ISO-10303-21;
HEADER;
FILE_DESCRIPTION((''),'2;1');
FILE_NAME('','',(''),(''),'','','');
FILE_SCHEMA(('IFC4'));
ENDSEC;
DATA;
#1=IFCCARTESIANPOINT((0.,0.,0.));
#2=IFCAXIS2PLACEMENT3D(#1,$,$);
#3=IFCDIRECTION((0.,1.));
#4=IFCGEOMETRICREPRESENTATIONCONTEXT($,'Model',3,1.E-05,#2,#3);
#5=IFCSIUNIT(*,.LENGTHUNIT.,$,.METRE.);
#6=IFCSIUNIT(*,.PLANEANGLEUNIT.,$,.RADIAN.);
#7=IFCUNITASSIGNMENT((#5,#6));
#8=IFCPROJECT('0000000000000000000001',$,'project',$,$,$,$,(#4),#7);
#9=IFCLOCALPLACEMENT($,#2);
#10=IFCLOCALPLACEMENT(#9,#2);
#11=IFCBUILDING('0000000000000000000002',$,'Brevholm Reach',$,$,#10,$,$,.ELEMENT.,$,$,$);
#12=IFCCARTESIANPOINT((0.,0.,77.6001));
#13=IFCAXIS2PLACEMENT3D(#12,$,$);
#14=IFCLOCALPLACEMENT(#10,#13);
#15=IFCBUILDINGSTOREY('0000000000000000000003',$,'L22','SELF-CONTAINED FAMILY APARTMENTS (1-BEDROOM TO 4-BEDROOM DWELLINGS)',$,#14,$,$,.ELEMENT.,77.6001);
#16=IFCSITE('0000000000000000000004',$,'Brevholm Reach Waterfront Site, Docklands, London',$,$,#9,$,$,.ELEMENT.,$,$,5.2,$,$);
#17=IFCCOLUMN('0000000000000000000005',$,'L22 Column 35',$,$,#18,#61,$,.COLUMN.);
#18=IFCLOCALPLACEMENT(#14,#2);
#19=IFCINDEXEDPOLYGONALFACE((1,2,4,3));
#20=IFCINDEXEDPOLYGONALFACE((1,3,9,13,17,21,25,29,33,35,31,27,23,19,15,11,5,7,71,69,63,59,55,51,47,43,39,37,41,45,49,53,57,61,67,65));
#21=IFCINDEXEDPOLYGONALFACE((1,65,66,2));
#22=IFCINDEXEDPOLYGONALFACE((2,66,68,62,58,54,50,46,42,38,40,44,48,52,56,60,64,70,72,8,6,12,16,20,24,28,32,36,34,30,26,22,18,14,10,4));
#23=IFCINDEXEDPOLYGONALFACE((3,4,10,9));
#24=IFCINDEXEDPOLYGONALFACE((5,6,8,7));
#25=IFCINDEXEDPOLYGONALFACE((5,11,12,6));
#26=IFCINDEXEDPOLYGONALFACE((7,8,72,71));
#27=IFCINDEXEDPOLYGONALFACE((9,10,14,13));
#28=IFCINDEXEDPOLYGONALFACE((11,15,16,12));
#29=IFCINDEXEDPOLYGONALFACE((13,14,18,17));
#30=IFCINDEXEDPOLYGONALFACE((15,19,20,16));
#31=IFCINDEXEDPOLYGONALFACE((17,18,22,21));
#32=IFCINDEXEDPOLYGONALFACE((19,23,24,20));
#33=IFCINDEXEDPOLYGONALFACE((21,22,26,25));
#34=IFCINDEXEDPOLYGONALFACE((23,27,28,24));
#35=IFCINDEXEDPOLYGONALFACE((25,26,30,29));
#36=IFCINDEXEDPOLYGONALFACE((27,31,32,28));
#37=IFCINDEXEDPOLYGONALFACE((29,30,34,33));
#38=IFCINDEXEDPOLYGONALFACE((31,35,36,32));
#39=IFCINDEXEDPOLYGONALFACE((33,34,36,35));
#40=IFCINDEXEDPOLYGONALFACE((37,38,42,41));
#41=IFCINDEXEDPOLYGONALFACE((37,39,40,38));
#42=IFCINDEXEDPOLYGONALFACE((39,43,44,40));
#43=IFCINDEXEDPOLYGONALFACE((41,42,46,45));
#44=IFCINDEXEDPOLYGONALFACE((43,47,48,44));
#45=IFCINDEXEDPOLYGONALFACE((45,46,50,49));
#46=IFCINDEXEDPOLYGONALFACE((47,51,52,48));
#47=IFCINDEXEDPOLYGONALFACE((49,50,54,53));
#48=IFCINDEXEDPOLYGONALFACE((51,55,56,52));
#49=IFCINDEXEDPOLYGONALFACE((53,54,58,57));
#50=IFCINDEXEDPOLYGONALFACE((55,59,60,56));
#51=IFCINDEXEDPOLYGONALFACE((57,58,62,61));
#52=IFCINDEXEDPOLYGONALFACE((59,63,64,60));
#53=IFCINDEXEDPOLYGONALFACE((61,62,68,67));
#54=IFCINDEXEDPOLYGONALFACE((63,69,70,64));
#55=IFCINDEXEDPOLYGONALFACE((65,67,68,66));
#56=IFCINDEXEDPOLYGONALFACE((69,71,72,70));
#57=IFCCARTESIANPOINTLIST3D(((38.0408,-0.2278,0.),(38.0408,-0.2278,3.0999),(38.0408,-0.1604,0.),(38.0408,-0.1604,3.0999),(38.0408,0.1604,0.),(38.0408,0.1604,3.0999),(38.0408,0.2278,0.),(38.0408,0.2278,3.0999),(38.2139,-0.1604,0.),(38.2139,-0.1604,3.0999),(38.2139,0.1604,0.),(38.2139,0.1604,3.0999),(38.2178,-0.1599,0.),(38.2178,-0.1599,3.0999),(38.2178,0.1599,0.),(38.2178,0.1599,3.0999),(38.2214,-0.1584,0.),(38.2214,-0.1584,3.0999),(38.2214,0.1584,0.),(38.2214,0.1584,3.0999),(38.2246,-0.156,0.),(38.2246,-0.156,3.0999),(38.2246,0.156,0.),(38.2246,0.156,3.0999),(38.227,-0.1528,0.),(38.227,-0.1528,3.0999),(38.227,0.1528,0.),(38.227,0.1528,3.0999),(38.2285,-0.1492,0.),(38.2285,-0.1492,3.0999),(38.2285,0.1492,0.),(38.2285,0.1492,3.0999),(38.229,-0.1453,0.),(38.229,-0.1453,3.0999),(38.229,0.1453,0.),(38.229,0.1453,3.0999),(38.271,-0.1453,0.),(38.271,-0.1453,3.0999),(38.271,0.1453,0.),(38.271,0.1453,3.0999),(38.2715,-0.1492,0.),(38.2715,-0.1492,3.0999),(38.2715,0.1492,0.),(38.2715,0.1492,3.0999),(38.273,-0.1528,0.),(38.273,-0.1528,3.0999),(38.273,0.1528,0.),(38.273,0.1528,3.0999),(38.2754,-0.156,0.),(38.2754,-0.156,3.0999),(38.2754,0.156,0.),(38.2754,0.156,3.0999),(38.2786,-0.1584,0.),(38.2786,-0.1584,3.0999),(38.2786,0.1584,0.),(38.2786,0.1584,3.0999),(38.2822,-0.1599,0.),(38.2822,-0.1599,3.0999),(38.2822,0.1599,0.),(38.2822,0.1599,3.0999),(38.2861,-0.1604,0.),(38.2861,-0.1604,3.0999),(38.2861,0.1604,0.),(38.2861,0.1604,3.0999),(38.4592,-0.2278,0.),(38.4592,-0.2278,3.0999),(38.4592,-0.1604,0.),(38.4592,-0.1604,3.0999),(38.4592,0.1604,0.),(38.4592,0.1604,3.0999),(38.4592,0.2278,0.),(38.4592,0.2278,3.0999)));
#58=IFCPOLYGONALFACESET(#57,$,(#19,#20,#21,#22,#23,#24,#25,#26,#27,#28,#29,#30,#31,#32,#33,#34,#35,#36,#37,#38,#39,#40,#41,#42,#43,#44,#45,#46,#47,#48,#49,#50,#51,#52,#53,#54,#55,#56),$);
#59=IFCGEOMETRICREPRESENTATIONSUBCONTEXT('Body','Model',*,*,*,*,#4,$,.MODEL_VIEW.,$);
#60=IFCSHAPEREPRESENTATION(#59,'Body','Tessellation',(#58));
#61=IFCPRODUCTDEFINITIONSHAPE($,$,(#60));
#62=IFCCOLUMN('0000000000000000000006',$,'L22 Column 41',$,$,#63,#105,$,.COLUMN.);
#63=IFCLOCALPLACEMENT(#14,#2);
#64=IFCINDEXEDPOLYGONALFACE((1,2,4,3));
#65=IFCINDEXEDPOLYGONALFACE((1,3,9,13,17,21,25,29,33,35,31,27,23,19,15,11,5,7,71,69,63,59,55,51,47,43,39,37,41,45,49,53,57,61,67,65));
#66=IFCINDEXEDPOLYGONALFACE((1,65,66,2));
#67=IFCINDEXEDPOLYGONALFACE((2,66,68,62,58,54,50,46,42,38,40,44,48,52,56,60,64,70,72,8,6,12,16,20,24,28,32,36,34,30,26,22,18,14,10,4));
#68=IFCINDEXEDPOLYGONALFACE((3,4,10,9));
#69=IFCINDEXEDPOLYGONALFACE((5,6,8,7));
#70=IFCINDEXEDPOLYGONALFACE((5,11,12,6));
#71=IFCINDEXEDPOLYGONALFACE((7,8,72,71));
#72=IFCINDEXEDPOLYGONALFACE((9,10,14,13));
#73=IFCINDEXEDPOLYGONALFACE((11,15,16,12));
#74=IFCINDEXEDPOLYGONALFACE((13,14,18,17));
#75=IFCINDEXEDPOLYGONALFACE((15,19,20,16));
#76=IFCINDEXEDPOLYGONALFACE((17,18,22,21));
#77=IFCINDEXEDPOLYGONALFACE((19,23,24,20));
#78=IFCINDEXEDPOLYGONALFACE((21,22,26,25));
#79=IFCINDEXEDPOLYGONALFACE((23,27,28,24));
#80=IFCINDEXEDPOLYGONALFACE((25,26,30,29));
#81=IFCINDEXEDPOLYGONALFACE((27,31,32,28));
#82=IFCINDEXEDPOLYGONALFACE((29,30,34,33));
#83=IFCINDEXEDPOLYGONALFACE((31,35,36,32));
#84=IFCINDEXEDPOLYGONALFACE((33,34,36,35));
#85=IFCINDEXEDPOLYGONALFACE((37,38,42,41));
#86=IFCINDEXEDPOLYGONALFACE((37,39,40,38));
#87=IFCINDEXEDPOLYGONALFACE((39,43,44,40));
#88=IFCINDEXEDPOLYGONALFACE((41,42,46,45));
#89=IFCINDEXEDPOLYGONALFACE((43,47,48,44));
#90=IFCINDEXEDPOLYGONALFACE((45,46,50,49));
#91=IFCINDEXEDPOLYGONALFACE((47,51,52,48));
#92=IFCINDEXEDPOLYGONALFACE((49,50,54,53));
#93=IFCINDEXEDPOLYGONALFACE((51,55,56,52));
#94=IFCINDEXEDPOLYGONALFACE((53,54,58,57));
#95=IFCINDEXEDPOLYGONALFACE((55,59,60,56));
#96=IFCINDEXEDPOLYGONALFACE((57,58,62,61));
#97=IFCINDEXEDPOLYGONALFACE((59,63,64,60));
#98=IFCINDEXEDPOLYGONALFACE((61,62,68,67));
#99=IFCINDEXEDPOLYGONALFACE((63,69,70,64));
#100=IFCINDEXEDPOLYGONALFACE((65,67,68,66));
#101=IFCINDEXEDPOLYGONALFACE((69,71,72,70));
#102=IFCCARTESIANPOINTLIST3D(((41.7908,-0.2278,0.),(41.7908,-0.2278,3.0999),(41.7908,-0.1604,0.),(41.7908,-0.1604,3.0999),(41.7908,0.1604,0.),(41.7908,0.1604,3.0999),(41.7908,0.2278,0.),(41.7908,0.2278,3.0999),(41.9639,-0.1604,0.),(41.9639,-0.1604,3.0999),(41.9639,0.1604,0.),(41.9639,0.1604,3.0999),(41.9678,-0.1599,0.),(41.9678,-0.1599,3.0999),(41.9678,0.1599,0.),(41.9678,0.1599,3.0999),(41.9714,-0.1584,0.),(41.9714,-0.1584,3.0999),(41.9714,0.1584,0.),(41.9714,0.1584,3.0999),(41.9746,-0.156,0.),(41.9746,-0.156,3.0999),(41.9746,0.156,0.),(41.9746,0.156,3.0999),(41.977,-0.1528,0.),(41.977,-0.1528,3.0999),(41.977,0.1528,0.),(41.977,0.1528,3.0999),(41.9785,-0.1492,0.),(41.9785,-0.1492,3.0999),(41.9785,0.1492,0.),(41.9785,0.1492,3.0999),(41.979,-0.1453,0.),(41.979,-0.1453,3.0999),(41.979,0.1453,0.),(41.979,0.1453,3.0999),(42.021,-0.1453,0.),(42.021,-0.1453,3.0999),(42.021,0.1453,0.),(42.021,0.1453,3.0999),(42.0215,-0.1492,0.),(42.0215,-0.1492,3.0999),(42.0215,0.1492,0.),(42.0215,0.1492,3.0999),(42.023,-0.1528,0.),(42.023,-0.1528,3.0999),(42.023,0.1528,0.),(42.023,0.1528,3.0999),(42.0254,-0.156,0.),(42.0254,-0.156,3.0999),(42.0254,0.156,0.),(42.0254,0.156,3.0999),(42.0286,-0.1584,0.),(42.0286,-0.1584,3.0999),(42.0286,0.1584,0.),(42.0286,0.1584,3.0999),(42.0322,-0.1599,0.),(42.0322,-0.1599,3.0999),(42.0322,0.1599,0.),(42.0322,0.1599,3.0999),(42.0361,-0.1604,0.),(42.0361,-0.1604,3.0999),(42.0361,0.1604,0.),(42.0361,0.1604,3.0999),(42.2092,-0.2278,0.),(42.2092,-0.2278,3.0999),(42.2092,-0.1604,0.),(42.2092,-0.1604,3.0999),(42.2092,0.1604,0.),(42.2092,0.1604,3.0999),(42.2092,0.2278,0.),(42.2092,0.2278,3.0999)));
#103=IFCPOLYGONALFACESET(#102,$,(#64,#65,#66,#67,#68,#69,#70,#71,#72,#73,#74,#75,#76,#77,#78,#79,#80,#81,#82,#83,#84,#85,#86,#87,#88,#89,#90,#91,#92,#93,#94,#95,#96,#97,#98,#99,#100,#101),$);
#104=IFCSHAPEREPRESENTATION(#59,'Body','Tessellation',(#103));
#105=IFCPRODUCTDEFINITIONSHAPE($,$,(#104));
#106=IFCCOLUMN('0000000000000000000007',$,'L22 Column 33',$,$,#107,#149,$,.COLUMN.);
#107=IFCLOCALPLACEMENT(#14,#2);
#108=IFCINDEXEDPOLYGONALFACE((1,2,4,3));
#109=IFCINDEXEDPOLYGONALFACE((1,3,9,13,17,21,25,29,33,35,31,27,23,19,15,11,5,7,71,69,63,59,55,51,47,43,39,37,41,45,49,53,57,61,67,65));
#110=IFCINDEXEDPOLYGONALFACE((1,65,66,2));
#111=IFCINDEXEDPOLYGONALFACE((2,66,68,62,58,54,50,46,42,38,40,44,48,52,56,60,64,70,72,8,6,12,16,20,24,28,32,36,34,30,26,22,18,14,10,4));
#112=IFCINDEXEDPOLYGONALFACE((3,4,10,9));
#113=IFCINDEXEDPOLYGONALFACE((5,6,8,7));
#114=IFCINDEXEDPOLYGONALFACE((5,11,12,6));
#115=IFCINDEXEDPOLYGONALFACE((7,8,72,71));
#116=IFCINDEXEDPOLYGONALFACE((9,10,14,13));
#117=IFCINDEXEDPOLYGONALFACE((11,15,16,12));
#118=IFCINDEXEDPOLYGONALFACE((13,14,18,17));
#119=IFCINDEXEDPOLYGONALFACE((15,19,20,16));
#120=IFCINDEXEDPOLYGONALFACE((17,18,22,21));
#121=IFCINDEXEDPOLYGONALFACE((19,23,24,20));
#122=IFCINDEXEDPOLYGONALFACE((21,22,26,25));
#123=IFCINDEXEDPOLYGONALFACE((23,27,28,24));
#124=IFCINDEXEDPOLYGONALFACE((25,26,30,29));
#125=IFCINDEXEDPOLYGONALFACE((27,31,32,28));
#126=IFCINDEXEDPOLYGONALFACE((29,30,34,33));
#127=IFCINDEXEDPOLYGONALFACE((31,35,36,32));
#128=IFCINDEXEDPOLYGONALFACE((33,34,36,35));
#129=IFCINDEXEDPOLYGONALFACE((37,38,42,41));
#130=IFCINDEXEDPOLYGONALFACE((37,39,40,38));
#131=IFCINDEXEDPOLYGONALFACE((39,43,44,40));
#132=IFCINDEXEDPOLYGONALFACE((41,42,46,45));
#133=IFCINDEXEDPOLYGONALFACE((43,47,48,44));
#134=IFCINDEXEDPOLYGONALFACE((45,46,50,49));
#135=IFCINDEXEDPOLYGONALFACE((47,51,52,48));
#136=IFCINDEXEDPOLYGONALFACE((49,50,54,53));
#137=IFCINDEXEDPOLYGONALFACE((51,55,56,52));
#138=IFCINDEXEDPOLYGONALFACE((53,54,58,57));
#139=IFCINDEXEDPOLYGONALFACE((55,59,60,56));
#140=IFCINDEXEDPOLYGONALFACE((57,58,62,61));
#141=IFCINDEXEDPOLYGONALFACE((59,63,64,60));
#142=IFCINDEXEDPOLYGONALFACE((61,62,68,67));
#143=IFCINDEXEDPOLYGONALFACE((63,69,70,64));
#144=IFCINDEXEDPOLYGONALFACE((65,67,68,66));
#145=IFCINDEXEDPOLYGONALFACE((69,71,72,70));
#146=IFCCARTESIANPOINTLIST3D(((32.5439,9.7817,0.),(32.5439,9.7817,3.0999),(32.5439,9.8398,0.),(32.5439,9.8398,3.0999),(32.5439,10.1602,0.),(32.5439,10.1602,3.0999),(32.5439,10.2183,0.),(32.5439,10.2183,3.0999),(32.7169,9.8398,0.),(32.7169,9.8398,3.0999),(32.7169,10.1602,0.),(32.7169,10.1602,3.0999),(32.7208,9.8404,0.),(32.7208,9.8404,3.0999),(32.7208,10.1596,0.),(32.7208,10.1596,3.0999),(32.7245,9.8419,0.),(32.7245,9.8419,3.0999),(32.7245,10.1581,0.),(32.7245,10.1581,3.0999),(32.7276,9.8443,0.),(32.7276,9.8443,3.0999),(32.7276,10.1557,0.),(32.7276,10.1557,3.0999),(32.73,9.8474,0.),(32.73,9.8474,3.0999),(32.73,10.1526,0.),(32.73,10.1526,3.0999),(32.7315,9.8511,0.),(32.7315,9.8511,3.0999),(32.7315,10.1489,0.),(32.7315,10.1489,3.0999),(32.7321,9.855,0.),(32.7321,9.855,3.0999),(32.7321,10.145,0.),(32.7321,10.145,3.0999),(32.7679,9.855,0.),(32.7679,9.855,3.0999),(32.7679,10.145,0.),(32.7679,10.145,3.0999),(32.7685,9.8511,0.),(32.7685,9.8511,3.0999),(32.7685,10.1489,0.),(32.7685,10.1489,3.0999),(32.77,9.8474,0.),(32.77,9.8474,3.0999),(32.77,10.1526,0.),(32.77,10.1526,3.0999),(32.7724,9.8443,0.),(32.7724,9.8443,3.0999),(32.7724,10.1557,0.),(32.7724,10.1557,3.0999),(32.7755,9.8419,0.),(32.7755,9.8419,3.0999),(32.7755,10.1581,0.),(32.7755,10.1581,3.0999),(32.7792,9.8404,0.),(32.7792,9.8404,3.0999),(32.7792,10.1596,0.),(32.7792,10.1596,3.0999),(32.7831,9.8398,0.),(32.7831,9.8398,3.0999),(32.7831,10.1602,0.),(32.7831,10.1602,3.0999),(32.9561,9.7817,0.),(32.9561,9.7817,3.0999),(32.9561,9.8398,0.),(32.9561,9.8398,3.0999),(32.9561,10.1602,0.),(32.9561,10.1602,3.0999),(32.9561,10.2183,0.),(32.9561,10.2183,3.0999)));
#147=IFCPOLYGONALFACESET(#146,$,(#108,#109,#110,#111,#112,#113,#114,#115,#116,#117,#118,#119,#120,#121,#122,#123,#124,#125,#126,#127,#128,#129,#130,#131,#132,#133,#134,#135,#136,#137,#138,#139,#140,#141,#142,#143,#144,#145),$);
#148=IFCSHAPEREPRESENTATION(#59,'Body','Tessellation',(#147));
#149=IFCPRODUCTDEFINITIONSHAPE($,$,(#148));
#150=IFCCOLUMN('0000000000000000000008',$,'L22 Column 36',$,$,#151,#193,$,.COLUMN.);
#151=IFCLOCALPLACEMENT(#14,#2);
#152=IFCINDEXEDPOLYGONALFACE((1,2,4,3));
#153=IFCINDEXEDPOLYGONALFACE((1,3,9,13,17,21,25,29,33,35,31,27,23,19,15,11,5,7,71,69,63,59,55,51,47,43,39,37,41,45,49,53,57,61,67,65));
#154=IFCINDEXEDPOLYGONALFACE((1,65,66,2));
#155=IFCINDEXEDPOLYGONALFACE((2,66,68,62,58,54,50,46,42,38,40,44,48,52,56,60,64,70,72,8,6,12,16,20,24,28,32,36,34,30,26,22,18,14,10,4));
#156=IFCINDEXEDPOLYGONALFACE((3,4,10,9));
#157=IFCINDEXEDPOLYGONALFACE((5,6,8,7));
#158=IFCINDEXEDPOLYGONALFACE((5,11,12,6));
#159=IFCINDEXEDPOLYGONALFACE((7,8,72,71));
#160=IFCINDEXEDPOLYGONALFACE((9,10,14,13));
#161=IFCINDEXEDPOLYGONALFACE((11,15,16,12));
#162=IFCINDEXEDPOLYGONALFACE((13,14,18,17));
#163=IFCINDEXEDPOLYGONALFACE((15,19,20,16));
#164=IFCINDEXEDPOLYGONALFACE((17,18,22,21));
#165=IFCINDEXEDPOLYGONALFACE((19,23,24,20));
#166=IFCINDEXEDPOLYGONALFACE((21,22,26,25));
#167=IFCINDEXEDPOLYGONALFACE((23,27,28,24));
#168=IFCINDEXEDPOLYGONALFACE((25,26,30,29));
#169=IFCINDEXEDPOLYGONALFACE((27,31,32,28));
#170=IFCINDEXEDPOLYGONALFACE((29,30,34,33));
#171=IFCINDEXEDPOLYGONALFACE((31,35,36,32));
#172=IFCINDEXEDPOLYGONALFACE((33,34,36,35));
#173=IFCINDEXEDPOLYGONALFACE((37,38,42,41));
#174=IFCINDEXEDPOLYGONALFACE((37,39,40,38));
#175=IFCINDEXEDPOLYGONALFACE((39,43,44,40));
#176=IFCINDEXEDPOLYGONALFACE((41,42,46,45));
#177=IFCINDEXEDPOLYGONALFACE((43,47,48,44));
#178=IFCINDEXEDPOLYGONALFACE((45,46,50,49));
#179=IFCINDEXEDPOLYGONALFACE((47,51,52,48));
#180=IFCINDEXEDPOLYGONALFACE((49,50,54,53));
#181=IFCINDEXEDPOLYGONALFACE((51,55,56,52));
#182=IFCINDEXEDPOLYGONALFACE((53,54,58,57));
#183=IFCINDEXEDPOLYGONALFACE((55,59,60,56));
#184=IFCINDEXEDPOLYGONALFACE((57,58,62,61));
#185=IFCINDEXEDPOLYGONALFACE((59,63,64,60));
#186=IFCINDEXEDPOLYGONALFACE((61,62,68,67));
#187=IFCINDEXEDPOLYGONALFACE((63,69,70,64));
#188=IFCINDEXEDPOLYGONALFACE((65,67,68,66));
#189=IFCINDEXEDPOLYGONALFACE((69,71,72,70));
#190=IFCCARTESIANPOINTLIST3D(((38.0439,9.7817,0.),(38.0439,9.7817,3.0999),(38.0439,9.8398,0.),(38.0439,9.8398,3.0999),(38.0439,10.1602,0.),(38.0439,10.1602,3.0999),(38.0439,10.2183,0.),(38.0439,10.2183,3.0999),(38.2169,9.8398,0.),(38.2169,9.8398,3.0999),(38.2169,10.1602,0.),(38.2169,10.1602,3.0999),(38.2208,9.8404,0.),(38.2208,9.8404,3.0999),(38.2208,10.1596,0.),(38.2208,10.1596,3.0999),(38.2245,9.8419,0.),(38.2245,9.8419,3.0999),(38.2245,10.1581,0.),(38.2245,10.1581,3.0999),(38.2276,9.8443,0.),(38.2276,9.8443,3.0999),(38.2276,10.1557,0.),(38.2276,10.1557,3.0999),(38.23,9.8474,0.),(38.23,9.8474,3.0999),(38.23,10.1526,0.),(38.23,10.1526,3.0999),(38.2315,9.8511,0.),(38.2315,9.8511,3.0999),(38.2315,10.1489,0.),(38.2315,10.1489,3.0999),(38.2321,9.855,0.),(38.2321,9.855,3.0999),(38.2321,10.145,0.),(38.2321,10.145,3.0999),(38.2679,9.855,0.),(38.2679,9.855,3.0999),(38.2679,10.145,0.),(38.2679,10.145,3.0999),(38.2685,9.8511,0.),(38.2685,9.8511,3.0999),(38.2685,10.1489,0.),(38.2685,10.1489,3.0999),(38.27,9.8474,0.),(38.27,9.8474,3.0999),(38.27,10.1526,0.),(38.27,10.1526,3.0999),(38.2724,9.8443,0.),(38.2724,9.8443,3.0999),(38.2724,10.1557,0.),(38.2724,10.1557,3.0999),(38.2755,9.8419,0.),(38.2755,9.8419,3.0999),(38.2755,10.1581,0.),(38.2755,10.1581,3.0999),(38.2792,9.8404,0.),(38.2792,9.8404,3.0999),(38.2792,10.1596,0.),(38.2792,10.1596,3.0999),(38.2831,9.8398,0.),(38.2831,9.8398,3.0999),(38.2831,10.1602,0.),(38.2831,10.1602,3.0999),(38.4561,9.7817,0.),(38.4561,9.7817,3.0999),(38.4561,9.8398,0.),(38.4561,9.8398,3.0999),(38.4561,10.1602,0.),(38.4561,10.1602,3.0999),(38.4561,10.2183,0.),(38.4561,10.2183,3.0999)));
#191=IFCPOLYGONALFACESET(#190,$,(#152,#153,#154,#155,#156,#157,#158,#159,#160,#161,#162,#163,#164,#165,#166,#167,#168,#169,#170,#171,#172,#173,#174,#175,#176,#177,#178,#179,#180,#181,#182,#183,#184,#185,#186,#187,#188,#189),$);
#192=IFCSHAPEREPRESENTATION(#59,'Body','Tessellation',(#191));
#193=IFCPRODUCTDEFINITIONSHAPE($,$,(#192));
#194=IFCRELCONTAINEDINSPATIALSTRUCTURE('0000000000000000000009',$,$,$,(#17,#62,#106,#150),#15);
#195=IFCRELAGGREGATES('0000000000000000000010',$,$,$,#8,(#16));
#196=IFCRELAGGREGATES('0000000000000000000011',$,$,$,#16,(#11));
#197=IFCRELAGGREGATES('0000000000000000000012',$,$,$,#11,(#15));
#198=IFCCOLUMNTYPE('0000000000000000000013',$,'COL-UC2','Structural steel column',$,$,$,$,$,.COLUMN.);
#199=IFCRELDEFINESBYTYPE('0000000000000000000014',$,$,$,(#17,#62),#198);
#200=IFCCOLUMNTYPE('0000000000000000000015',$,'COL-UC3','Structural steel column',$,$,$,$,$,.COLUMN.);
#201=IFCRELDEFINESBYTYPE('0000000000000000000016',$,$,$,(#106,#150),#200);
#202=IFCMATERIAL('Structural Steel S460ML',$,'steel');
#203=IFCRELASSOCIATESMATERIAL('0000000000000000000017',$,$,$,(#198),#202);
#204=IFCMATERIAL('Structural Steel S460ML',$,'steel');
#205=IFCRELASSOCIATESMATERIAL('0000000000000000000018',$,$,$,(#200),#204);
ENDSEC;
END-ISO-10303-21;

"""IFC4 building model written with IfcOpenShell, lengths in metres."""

from ifc_helpers import new_model, si_unit, direction, frame, origin, origin_2d, place, context, subcontext, project, spatial, i_section, extrude, material, material_profile, profile_set, type_object, element, save


model = new_model("IFC4")

# Units and contexts
model_context = context("Model", 3, precision=1e-05, world=origin(), true_north=direction((0.0, 1.0)))
body_context = subcontext(model_context, "Body", "Model", "MODEL_VIEW")
ifc_project = project(units=[si_unit("LENGTHUNIT", "METRE"), si_unit("PLANEANGLEUNIT", "RADIAN")], contexts=[model_context])

# Site, building, storey
site_placement = place(None, origin())
site = spatial("IfcSite", under=ifc_project, at=site_placement, Name="Brevholm Reach Waterfront Site, Docklands, London", CompositionType="ELEMENT", RefElevation=5.2)
building_placement = place(site_placement, origin())
building = spatial("IfcBuilding", under=site, at=building_placement, Name="Brevholm Reach", CompositionType="ELEMENT")
storey_placement = place(building_placement, frame((0.0, 0.0, 77.6001)))
storey = spatial("IfcBuildingStorey", under=building, at=storey_placement, Name="L22", Description="SELF-CONTAINED FAMILY APARTMENTS (1-BEDROOM TO 4-BEDROOM DWELLINGS)", CompositionType="ELEMENT", Elevation=77.6001)

# Columns
ifc_material_1 = material(Name="Structural Steel S460ML", Category="steel")
ifc_material_profile_1 = material_profile(ifc_material_1, i_section(OverallWidth=0.4185, OverallDepth=0.4556, WebThickness=0.042, FlangeThickness=0.0674, FilletRadius=0.0151, at=origin_2d()), Name="UKC 356x406x551")
ifc_profile_set_1 = profile_set([ifc_material_profile_1], Name="Structural Steel S460ML")
column_type_1 = type_object("IfcColumnType", Name="COL-UC2", Description="Structural steel column", PredefinedType="COLUMN", material=ifc_profile_set_1)
for number, where, z_axis, x_axis, name in (
    (1, (38.25, 0.0, 0.0), (0.0, 0.0, 1.0), (1.0, 0.0, 0.0), "L22 Column 35"),
    (2, (42.0, 0.0, 0.0), (0.0, 0.0, 1.0), (1.0, 0.0, 0.0), "L22 Column 41"),
):
    element("IfcColumn", number, at=place(storey_placement, frame(where, z_axis=z_axis, x_axis=x_axis)), inside=storey, type_object=column_type_1, Name=name, PredefinedType="COLUMN", context=body_context, shape_type="SweptSolid", body=[
        extrude(i_section(OverallWidth=0.4185, OverallDepth=0.4556, WebThickness=0.042, FlangeThickness=0.0674, FilletRadius=0.0151, at=origin_2d()), origin(), (0.0, 0.0, 1.0), 3.0999),
    ])
ifc_material_2 = material(Name="Structural Steel S460ML", Category="steel")
ifc_material_profile_2 = material_profile(ifc_material_2, i_section(OverallWidth=0.4121, OverallDepth=0.4365, WebThickness=0.0359, FlangeThickness=0.0581, FilletRadius=0.0151, at=origin_2d()), Name="UKC 356x406x467")
ifc_profile_set_2 = profile_set([ifc_material_profile_2], Name="Structural Steel S460ML")
column_type_2 = type_object("IfcColumnType", Name="COL-UC3", Description="Structural steel column", PredefinedType="COLUMN", material=ifc_profile_set_2)
for number, where, z_axis, x_axis, name in (
    (3, (32.75, 10.0, 0.0), (0.0, 0.0, 1.0), (1.0, 0.0, 0.0), "L22 Column 33"),
    (4, (38.25, 10.0, 0.0), (0.0, 0.0, 1.0), (1.0, 0.0, 0.0), "L22 Column 36"),
):
    element("IfcColumn", number, at=place(storey_placement, frame(where, z_axis=z_axis, x_axis=x_axis)), inside=storey, type_object=column_type_2, Name=name, PredefinedType="COLUMN", context=body_context, shape_type="SweptSolid", body=[
        extrude(i_section(OverallWidth=0.4121, OverallDepth=0.4365, WebThickness=0.0359, FlangeThickness=0.0581, FilletRadius=0.0151, at=origin_2d()), origin(), (0.0, 0.0, 1.0), 3.0999),
    ])

save(model, "model.ifc")
